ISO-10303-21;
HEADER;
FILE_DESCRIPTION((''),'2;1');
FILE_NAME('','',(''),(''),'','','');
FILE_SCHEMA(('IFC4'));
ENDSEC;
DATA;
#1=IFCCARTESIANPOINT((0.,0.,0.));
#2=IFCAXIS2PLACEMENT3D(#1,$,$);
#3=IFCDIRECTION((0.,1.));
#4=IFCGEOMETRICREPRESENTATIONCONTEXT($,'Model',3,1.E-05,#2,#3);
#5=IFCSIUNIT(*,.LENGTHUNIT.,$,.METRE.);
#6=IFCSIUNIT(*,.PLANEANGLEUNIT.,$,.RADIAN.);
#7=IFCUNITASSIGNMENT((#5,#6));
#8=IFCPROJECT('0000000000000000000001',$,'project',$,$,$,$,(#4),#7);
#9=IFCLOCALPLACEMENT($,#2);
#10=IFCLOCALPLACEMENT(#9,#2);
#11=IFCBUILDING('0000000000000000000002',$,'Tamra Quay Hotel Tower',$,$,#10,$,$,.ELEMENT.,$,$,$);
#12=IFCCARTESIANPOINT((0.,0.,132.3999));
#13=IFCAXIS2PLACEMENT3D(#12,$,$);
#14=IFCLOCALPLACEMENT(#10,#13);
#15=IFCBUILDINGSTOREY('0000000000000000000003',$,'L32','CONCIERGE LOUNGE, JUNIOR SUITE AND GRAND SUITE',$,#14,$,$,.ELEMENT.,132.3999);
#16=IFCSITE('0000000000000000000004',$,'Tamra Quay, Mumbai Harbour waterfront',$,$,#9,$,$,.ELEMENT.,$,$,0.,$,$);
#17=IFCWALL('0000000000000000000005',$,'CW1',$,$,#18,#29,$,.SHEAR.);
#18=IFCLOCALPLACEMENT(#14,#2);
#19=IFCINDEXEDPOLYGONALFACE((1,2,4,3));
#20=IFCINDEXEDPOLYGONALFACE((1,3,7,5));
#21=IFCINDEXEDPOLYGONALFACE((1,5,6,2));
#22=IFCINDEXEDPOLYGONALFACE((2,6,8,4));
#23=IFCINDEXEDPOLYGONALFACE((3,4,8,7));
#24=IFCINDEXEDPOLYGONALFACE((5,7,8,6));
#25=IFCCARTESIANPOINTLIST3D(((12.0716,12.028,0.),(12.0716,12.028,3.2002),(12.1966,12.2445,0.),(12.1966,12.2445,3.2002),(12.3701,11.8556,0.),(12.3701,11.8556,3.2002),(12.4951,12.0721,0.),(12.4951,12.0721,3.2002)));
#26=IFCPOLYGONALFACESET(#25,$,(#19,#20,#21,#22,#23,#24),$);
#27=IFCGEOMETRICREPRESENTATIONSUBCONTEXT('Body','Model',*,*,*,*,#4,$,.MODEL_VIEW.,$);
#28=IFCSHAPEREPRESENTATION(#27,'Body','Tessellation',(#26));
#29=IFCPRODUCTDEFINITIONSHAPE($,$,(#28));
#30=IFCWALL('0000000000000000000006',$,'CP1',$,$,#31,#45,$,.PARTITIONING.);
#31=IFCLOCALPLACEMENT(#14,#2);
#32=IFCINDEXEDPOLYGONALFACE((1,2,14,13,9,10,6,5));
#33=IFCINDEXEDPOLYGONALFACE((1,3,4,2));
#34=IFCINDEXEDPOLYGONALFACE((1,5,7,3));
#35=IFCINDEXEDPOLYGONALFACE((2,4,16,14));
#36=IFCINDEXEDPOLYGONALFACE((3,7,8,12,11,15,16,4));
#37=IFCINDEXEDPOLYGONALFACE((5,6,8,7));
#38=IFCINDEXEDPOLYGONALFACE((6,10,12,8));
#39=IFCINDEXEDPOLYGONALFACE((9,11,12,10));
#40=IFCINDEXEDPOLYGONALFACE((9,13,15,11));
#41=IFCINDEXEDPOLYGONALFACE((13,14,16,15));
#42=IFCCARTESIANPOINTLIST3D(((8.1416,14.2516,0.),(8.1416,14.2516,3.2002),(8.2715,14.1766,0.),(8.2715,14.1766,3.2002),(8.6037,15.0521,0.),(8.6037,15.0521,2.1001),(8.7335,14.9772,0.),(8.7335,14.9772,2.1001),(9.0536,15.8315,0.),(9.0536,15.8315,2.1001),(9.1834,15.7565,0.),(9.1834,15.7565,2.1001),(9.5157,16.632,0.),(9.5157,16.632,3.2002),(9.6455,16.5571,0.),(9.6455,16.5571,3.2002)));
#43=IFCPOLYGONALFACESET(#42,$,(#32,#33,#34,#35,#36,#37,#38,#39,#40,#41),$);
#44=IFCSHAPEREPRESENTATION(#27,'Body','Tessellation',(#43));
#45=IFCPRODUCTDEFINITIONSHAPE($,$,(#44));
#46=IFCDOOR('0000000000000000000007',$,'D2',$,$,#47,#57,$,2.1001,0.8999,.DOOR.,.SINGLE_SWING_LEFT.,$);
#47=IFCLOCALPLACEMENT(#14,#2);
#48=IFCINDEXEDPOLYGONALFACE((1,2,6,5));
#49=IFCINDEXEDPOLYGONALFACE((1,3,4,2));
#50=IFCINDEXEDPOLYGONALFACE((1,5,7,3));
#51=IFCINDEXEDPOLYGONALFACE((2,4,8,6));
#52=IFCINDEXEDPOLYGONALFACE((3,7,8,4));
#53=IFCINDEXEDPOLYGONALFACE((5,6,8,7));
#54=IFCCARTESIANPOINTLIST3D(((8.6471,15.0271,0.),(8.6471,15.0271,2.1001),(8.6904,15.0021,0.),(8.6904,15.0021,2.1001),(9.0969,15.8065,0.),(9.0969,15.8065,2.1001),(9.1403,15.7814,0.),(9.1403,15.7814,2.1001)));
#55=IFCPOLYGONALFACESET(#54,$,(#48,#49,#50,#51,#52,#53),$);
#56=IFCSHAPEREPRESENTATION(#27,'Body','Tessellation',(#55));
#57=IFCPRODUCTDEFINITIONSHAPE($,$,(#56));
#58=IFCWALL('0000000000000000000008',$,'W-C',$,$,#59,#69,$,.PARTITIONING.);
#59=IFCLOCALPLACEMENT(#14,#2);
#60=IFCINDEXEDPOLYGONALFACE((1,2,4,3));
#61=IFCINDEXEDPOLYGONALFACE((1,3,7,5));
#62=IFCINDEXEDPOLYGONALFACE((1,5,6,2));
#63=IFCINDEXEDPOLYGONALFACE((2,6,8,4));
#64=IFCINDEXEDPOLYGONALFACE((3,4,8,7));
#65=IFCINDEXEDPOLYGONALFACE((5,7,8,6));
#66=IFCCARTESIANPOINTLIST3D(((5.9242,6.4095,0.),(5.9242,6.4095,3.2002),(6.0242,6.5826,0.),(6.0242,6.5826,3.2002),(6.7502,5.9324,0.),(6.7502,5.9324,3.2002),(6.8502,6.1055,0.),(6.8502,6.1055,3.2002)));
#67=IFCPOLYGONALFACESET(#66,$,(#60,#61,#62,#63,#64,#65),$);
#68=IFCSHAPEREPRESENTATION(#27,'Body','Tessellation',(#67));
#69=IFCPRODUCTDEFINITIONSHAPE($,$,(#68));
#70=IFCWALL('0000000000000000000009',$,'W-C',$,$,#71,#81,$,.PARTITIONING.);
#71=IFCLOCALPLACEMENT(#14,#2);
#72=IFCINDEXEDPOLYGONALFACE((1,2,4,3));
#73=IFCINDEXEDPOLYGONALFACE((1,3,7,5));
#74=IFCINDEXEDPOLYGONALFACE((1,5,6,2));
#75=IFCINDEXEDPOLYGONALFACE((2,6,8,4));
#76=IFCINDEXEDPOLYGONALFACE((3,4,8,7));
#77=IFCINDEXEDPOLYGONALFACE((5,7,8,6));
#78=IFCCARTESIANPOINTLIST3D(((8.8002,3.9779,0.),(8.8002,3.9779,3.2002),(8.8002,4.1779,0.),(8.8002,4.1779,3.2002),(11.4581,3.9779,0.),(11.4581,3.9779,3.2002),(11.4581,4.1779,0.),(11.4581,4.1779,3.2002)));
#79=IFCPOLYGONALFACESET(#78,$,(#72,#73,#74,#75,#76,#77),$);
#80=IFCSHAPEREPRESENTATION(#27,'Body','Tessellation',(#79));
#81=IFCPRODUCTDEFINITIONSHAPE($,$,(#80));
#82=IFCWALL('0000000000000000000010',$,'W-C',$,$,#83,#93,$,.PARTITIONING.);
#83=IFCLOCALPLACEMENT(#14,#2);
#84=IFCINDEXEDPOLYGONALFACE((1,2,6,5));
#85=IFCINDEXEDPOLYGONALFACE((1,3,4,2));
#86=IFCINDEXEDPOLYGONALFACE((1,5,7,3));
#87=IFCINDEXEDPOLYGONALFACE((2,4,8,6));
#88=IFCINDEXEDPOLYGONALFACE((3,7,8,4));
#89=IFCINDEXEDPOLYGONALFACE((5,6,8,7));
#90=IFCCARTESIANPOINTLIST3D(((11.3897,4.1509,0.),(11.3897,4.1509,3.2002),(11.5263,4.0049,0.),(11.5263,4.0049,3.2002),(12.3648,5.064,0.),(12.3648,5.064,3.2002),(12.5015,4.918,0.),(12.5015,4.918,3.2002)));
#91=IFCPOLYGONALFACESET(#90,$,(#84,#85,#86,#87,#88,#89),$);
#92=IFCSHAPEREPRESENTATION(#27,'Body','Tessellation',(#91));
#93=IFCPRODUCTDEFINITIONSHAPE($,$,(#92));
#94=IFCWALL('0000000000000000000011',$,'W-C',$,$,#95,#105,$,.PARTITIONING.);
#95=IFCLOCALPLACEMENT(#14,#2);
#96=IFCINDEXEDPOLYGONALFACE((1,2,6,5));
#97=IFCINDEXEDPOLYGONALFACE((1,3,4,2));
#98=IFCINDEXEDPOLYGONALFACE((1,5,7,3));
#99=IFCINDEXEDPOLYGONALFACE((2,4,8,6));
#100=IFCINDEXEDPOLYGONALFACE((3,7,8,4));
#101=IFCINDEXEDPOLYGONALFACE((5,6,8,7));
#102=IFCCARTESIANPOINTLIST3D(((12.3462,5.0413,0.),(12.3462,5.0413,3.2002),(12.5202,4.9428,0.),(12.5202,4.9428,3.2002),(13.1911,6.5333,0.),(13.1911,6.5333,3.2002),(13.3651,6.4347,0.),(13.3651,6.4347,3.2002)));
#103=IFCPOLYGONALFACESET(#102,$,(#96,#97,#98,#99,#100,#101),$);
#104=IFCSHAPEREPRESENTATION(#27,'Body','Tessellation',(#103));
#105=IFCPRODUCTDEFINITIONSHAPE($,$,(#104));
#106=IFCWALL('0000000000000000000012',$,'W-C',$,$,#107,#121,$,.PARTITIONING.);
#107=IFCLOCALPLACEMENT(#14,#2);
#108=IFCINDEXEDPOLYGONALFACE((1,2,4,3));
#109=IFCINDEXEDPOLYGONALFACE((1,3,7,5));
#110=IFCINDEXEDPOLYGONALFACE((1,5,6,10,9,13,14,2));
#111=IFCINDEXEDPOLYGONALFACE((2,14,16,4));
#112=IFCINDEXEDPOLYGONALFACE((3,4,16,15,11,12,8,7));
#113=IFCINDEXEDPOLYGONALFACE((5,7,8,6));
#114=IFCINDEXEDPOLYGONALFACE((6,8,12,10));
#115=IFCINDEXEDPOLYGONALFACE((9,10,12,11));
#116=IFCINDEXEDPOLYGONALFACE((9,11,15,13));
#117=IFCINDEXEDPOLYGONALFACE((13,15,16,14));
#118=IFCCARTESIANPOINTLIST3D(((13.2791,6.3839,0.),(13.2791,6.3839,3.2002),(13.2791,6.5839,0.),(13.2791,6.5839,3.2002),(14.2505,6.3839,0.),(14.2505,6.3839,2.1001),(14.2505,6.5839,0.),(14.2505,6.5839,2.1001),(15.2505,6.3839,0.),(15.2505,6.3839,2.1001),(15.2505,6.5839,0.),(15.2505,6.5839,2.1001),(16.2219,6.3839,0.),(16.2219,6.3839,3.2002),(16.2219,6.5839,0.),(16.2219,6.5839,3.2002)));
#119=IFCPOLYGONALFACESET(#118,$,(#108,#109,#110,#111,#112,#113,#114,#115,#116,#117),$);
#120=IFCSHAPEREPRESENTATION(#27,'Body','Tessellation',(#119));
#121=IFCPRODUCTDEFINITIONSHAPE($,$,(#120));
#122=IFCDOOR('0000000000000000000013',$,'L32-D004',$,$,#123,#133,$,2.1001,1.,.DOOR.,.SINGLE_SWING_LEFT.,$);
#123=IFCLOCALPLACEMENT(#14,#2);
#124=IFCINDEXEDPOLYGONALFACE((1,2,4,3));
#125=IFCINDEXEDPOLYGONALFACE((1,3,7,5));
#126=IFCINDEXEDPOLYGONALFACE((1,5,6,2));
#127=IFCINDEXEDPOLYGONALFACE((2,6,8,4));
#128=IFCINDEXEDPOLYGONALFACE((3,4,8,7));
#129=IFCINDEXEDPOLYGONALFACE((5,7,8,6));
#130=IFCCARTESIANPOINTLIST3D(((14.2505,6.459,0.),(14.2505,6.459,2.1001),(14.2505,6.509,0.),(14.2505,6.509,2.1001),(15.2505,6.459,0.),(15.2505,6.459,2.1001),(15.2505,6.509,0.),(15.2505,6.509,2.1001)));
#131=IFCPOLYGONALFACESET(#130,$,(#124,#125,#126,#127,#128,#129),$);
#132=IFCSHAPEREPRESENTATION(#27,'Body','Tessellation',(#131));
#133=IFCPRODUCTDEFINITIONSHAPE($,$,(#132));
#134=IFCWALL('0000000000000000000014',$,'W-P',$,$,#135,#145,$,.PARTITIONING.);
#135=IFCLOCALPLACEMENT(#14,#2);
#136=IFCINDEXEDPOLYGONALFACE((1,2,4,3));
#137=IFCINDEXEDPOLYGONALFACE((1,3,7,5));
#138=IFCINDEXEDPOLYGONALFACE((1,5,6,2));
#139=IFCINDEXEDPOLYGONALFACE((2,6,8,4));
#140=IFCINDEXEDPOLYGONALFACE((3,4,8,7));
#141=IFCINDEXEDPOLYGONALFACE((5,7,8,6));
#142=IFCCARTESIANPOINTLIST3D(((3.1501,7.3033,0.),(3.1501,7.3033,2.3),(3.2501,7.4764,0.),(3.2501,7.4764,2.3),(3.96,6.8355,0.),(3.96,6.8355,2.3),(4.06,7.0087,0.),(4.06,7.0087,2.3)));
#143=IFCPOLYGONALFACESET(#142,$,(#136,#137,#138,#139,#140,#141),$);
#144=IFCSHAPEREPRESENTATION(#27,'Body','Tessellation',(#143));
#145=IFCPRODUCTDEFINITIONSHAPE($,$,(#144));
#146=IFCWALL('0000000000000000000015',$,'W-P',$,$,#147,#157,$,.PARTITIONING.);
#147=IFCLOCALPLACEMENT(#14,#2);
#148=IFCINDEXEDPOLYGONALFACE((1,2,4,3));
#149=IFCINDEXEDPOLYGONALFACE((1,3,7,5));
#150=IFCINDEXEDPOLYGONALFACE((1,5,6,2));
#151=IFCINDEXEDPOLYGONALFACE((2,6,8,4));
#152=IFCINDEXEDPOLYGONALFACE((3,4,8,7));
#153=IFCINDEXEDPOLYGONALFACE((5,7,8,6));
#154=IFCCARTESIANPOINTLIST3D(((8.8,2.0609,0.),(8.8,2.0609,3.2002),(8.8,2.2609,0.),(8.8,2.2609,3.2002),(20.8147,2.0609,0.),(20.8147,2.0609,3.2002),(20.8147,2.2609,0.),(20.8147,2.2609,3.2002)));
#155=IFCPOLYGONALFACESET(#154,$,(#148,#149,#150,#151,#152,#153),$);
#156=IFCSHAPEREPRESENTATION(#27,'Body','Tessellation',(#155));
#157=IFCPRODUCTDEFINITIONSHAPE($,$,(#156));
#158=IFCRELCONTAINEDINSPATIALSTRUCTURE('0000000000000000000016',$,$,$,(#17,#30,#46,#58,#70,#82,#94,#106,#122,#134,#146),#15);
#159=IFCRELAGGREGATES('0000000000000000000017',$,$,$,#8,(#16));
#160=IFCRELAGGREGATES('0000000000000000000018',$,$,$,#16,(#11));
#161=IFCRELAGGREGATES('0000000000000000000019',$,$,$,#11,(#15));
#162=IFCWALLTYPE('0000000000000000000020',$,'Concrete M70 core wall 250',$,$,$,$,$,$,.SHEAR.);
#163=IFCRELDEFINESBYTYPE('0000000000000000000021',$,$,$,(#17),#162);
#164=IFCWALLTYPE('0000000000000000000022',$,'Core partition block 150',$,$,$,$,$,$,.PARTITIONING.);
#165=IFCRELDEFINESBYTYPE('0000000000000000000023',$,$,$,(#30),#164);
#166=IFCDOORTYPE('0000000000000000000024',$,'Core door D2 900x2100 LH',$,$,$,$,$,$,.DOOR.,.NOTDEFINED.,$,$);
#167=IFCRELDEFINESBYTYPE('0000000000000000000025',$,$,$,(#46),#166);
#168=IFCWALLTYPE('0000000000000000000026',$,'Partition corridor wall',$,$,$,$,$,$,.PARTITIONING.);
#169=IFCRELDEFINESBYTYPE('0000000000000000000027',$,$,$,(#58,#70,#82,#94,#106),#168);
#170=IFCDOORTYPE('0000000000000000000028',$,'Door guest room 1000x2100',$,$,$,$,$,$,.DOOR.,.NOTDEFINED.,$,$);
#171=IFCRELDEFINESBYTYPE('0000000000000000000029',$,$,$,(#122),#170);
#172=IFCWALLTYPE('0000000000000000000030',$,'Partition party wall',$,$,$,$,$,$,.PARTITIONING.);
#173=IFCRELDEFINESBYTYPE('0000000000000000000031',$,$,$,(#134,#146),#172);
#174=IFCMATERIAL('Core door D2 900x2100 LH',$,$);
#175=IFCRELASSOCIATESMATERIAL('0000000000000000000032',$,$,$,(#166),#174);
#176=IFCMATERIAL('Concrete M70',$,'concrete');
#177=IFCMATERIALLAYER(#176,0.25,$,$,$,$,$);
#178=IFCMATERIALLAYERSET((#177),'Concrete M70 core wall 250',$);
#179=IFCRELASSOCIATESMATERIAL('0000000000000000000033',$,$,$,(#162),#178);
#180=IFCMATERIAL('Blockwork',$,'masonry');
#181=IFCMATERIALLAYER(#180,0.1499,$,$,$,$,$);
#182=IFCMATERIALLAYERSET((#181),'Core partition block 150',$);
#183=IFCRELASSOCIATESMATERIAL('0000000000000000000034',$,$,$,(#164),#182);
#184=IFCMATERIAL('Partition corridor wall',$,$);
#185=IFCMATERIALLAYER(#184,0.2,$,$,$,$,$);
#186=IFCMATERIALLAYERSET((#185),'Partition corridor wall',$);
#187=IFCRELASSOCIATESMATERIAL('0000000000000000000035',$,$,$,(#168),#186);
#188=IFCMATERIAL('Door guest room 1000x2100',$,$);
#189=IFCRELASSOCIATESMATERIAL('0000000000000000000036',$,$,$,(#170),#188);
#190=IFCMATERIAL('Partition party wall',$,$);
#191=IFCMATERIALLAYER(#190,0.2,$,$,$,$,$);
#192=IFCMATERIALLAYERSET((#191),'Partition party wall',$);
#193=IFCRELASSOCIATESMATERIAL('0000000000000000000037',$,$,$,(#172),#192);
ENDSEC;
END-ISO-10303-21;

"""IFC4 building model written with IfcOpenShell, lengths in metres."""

from ifc_helpers import new_model, si_unit, direction, frame, frame_2d, origin, place, context, subcontext, project, spatial, rectangle, extrude, material, layer, layer_set, type_object, element, fill, save


model = new_model("IFC4")

# Units and contexts
model_context = context("Model", 3, precision=1e-05, world=origin(), true_north=direction((0.0, 1.0)))
body_context = subcontext(model_context, "Body", "Model", "MODEL_VIEW")
ifc_project = project(units=[si_unit("LENGTHUNIT", "METRE"), si_unit("PLANEANGLEUNIT", "RADIAN")], contexts=[model_context])

# Site, building, storey
site_placement = place(None, origin())
site = spatial("IfcSite", under=ifc_project, at=site_placement, Name="Tamra Quay, Mumbai Harbour waterfront", CompositionType="ELEMENT", RefElevation=0.0)
building_placement = place(site_placement, origin())
building = spatial("IfcBuilding", under=site, at=building_placement, Name="Tamra Quay Hotel Tower", CompositionType="ELEMENT")
storey_placement = place(building_placement, frame((0.0, 0.0, 132.3999)))
storey = spatial("IfcBuildingStorey", under=building, at=storey_placement, Name="L32", Description="CONCIERGE LOUNGE, JUNIOR SUITE AND GRAND SUITE", CompositionType="ELEMENT", Elevation=132.3999)

# Shared definitions
ifc_material_1 = material(Name="Concrete M70", Category="concrete")
ifc_material_2 = material(Name="Core door D2 900x2100 LH")
door_type_1 = type_object("IfcDoorType", Name="Core door D2 900x2100 LH", OperationType="NOTDEFINED", PredefinedType="DOOR", material=ifc_material_2)

# Shared definitions
ifc_layer_1 = layer(ifc_material_1, 0.25)
ifc_layer_set_1 = layer_set([ifc_layer_1], Name="Concrete M70 core wall 250")
wall_type_1 = type_object("IfcWallType", Name="Concrete M70 core wall 250", PredefinedType="SHEAR", material=ifc_layer_set_1)

# Wall
wall_1_placement = place(storey_placement, frame((12.4326, 11.9639, 0.0), z_axis=(0.0, 0.0, 1.0), x_axis=(-0.866056, 0.499947, 0.0)))
element("IfcWall", 1, at=wall_1_placement, inside=storey, type_object=wall_type_1, Name="CW1", PredefinedType="SHEAR", context=body_context, shape_type="SweptSolid", body=[
    extrude(rectangle(XDim=0.3447, YDim=0.25, at=frame_2d((0.1724, 0.0))), origin(), (0.0, 0.0, 1.0), 3.2002),
])

# Wall, opening, door
ifc_material_3 = material(Name="Blockwork", Category="masonry")
ifc_layer_2 = layer(ifc_material_3, 0.1499)
ifc_layer_set_2 = layer_set([ifc_layer_2], Name="Core partition block 150")
wall_type_2 = type_object("IfcWallType", Name="Core partition block 150", PredefinedType="PARTITIONING", material=ifc_layer_set_2)
wall_2_placement = place(storey_placement, frame((8.2065, 14.2141, 0.0), z_axis=(0.0, 0.0, 1.0), x_axis=(0.499922, 0.86607, 0.0)))
wall_2 = element("IfcWall", 2, at=wall_2_placement, inside=storey, type_object=wall_type_2, Name="CP1", PredefinedType="PARTITIONING", context=body_context, shape_type="SweptSolid", body=[
    extrude(rectangle(XDim=2.7485, YDim=0.1499, at=frame_2d((1.3743, 0.0))), origin(), (0.0, 0.0, 1.0), 3.2002),
])
opening_1_placement = place(wall_2_placement, frame((0.9243, 0.0, 0.0)))
opening_1 = element("IfcOpeningElement", 3, at=opening_1_placement, cuts=wall_2, PredefinedType="OPENING", context=body_context, shape_type="SweptSolid", body=[
    extrude(rectangle(XDim=0.8999, YDim=2.1001, at=frame_2d((0.45, 1.05))), frame((0.0, 0.085, 0.0), z_axis=(0.0, -1.0, 0.0), x_axis=(1.0, 0.0, 0.0)), (0.0, 0.0, 1.0), 0.1699),
])
door_1_placement = place(opening_1_placement, origin())
door_1 = element("IfcDoor", 4, at=door_1_placement, inside=storey, type_object=door_type_1, Name="D2", OperationType="SINGLE_SWING_LEFT", OverallHeight=2.1001, OverallWidth=0.8999, PredefinedType="DOOR", context=body_context, shape_type="SweptSolid", body=[
    extrude(rectangle(XDim=0.8999, YDim=2.1001, at=frame_2d((0.45, 1.05))), frame((0.0, 0.0249, 0.0), z_axis=(0.0, -1.0, 0.0), x_axis=(1.0, 0.0, 0.0)), (0.0, 0.0, 1.0), 0.05),
])
fill(opening_1, door_1)

# Walls
ifc_material_4 = material(Name="Partition corridor wall")
ifc_layer_3 = layer(ifc_material_4, 0.2)
ifc_layer_set_3 = layer_set([ifc_layer_3], Name="Partition corridor wall")
wall_type_3 = type_object("IfcWallType", Name="Partition corridor wall", PredefinedType="PARTITIONING", material=ifc_layer_set_3)
wall_3_placement = place(storey_placement, frame((5.9741, 6.4961, 0.0), z_axis=(0.0, 0.0, 1.0), x_axis=(0.865934, -0.500158, 0.0)))
element("IfcWall", 5, at=wall_3_placement, inside=storey, type_object=wall_type_3, Name="W-C", PredefinedType="PARTITIONING", context=body_context, shape_type="SweptSolid", body=[
    extrude(rectangle(XDim=0.9539, YDim=0.2, at=frame_2d((0.4771, 0.0))), origin(), (0.0, 0.0, 1.0), 3.2002),
])
wall_4_placement = place(storey_placement, frame((8.8, 4.0779, 0.0), z_axis=(0.0, 0.0, 1.0), x_axis=(1.0, 0.0, 0.0)))
element("IfcWall", 6, at=wall_4_placement, inside=storey, type_object=wall_type_3, Name="W-C", PredefinedType="PARTITIONING", context=body_context, shape_type="SweptSolid", body=[
    extrude(rectangle(XDim=2.658, YDim=0.2, at=frame_2d((1.3291, 0.0))), origin(), (0.0, 0.0, 1.0), 3.2002),
])
wall_5_placement = place(storey_placement, frame((11.458, 4.0779, 0.0), z_axis=(0.0, 0.0, 1.0), x_axis=(0.729936, 0.683515, 0.0)))
element("IfcWall", 7, at=wall_5_placement, inside=storey, type_object=wall_type_3, Name="W-C", PredefinedType="PARTITIONING", context=body_context, shape_type="SweptSolid", body=[
    extrude(rectangle(XDim=1.3359, YDim=0.2, at=frame_2d((0.668, 0.0))), origin(), (0.0, 0.0, 1.0), 3.2002),
])
wall_6_placement = place(storey_placement, frame((12.4331, 4.9919, 0.0), z_axis=(0.0, 0.0, 1.0), x_axis=(0.492808, 0.870138, 0.0)))
element("IfcWall", 8, at=wall_6_placement, inside=storey, type_object=wall_type_3, Name="W-C", PredefinedType="PARTITIONING", context=body_context, shape_type="SweptSolid", body=[
    extrude(rectangle(XDim=1.7146, YDim=0.2, at=frame_2d((0.8574, 0.0))), origin(), (0.0, 0.0, 1.0), 3.2002),
])

# Wall, opening, door
wall_7_placement = place(storey_placement, frame((13.2791, 6.4839, 0.0), z_axis=(0.0, 0.0, 1.0), x_axis=(1.0, 0.0, 0.0)))
wall_7 = element("IfcWall", 9, at=wall_7_placement, inside=storey, type_object=wall_type_3, Name="W-C", PredefinedType="PARTITIONING", context=body_context, shape_type="SweptSolid", body=[
    extrude(rectangle(XDim=2.9429, YDim=0.2, at=frame_2d((1.4714, 0.0))), origin(), (0.0, 0.0, 1.0), 3.2002),
])
opening_2_placement = place(wall_7_placement, frame((0.9714, 0.0, 0.0)))
opening_2 = element("IfcOpeningElement", 10, at=opening_2_placement, cuts=wall_7, PredefinedType="OPENING", context=body_context, shape_type="SweptSolid", body=[
    extrude(rectangle(XDim=1.0, YDim=2.1001, at=frame_2d((0.5, 1.05))), frame((0.0, 0.1099, 0.0), z_axis=(0.0, -1.0, 0.0), x_axis=(1.0, 0.0, 0.0)), (0.0, 0.0, 1.0), 0.22),
])
ifc_material_5 = material(Name="Door guest room 1000x2100")
door_type_2 = type_object("IfcDoorType", Name="Door guest room 1000x2100", OperationType="NOTDEFINED", PredefinedType="DOOR", material=ifc_material_5)
door_2_placement = place(opening_2_placement, frame((1.0, 0.0, 0.0), z_axis=(0.0, 0.0, 1.0), x_axis=(-1.0, 0.0, 0.0)))
door_2 = element("IfcDoor", 11, at=door_2_placement, inside=storey, type_object=door_type_2, Name="L32-D004", OperationType="SINGLE_SWING_LEFT", OverallHeight=2.1001, OverallWidth=1.0, PredefinedType="DOOR", context=body_context, shape_type="SweptSolid", body=[
    extrude(rectangle(XDim=1.0, YDim=2.1001, at=frame_2d((0.5, 1.05))), frame((0.0, 0.0249, 0.0), z_axis=(0.0, -1.0, 0.0), x_axis=(1.0, 0.0, 0.0)), (0.0, 0.0, 1.0), 0.05),
])
fill(opening_2, door_2)

# Walls
ifc_material_6 = material(Name="Partition party wall")
ifc_layer_4 = layer(ifc_material_6, 0.2)
ifc_layer_set_4 = layer_set([ifc_layer_4], Name="Partition party wall")
wall_type_4 = type_object("IfcWallType", Name="Partition party wall", PredefinedType="PARTITIONING", material=ifc_layer_set_4)
wall_8_placement = place(storey_placement, frame((3.2, 7.3899, 0.0), z_axis=(0.0, 0.0, 1.0), x_axis=(0.865986, -0.500069, 0.0)))
element("IfcWall", 12, at=wall_8_placement, inside=storey, type_object=wall_type_4, Name="W-P", PredefinedType="PARTITIONING", context=body_context, shape_type="SweptSolid", body=[
    extrude(rectangle(XDim=0.9353, YDim=0.2, at=frame_2d((0.4678, 0.0))), origin(), (0.0, 0.0, 1.0), 2.3),
])
wall_9_placement = place(storey_placement, frame((8.8, 2.1609, 0.0), z_axis=(0.0, 0.0, 1.0), x_axis=(1.0, 0.0, 0.0)))
element("IfcWall", 13, at=wall_9_placement, inside=storey, type_object=wall_type_4, Name="W-P", PredefinedType="PARTITIONING", context=body_context, shape_type="SweptSolid", body=[
    extrude(rectangle(XDim=12.0146, YDim=0.2, at=frame_2d((6.0073, 0.0))), origin(), (0.0, 0.0, 1.0), 3.2002),
])

save(model, "model.ifc")
